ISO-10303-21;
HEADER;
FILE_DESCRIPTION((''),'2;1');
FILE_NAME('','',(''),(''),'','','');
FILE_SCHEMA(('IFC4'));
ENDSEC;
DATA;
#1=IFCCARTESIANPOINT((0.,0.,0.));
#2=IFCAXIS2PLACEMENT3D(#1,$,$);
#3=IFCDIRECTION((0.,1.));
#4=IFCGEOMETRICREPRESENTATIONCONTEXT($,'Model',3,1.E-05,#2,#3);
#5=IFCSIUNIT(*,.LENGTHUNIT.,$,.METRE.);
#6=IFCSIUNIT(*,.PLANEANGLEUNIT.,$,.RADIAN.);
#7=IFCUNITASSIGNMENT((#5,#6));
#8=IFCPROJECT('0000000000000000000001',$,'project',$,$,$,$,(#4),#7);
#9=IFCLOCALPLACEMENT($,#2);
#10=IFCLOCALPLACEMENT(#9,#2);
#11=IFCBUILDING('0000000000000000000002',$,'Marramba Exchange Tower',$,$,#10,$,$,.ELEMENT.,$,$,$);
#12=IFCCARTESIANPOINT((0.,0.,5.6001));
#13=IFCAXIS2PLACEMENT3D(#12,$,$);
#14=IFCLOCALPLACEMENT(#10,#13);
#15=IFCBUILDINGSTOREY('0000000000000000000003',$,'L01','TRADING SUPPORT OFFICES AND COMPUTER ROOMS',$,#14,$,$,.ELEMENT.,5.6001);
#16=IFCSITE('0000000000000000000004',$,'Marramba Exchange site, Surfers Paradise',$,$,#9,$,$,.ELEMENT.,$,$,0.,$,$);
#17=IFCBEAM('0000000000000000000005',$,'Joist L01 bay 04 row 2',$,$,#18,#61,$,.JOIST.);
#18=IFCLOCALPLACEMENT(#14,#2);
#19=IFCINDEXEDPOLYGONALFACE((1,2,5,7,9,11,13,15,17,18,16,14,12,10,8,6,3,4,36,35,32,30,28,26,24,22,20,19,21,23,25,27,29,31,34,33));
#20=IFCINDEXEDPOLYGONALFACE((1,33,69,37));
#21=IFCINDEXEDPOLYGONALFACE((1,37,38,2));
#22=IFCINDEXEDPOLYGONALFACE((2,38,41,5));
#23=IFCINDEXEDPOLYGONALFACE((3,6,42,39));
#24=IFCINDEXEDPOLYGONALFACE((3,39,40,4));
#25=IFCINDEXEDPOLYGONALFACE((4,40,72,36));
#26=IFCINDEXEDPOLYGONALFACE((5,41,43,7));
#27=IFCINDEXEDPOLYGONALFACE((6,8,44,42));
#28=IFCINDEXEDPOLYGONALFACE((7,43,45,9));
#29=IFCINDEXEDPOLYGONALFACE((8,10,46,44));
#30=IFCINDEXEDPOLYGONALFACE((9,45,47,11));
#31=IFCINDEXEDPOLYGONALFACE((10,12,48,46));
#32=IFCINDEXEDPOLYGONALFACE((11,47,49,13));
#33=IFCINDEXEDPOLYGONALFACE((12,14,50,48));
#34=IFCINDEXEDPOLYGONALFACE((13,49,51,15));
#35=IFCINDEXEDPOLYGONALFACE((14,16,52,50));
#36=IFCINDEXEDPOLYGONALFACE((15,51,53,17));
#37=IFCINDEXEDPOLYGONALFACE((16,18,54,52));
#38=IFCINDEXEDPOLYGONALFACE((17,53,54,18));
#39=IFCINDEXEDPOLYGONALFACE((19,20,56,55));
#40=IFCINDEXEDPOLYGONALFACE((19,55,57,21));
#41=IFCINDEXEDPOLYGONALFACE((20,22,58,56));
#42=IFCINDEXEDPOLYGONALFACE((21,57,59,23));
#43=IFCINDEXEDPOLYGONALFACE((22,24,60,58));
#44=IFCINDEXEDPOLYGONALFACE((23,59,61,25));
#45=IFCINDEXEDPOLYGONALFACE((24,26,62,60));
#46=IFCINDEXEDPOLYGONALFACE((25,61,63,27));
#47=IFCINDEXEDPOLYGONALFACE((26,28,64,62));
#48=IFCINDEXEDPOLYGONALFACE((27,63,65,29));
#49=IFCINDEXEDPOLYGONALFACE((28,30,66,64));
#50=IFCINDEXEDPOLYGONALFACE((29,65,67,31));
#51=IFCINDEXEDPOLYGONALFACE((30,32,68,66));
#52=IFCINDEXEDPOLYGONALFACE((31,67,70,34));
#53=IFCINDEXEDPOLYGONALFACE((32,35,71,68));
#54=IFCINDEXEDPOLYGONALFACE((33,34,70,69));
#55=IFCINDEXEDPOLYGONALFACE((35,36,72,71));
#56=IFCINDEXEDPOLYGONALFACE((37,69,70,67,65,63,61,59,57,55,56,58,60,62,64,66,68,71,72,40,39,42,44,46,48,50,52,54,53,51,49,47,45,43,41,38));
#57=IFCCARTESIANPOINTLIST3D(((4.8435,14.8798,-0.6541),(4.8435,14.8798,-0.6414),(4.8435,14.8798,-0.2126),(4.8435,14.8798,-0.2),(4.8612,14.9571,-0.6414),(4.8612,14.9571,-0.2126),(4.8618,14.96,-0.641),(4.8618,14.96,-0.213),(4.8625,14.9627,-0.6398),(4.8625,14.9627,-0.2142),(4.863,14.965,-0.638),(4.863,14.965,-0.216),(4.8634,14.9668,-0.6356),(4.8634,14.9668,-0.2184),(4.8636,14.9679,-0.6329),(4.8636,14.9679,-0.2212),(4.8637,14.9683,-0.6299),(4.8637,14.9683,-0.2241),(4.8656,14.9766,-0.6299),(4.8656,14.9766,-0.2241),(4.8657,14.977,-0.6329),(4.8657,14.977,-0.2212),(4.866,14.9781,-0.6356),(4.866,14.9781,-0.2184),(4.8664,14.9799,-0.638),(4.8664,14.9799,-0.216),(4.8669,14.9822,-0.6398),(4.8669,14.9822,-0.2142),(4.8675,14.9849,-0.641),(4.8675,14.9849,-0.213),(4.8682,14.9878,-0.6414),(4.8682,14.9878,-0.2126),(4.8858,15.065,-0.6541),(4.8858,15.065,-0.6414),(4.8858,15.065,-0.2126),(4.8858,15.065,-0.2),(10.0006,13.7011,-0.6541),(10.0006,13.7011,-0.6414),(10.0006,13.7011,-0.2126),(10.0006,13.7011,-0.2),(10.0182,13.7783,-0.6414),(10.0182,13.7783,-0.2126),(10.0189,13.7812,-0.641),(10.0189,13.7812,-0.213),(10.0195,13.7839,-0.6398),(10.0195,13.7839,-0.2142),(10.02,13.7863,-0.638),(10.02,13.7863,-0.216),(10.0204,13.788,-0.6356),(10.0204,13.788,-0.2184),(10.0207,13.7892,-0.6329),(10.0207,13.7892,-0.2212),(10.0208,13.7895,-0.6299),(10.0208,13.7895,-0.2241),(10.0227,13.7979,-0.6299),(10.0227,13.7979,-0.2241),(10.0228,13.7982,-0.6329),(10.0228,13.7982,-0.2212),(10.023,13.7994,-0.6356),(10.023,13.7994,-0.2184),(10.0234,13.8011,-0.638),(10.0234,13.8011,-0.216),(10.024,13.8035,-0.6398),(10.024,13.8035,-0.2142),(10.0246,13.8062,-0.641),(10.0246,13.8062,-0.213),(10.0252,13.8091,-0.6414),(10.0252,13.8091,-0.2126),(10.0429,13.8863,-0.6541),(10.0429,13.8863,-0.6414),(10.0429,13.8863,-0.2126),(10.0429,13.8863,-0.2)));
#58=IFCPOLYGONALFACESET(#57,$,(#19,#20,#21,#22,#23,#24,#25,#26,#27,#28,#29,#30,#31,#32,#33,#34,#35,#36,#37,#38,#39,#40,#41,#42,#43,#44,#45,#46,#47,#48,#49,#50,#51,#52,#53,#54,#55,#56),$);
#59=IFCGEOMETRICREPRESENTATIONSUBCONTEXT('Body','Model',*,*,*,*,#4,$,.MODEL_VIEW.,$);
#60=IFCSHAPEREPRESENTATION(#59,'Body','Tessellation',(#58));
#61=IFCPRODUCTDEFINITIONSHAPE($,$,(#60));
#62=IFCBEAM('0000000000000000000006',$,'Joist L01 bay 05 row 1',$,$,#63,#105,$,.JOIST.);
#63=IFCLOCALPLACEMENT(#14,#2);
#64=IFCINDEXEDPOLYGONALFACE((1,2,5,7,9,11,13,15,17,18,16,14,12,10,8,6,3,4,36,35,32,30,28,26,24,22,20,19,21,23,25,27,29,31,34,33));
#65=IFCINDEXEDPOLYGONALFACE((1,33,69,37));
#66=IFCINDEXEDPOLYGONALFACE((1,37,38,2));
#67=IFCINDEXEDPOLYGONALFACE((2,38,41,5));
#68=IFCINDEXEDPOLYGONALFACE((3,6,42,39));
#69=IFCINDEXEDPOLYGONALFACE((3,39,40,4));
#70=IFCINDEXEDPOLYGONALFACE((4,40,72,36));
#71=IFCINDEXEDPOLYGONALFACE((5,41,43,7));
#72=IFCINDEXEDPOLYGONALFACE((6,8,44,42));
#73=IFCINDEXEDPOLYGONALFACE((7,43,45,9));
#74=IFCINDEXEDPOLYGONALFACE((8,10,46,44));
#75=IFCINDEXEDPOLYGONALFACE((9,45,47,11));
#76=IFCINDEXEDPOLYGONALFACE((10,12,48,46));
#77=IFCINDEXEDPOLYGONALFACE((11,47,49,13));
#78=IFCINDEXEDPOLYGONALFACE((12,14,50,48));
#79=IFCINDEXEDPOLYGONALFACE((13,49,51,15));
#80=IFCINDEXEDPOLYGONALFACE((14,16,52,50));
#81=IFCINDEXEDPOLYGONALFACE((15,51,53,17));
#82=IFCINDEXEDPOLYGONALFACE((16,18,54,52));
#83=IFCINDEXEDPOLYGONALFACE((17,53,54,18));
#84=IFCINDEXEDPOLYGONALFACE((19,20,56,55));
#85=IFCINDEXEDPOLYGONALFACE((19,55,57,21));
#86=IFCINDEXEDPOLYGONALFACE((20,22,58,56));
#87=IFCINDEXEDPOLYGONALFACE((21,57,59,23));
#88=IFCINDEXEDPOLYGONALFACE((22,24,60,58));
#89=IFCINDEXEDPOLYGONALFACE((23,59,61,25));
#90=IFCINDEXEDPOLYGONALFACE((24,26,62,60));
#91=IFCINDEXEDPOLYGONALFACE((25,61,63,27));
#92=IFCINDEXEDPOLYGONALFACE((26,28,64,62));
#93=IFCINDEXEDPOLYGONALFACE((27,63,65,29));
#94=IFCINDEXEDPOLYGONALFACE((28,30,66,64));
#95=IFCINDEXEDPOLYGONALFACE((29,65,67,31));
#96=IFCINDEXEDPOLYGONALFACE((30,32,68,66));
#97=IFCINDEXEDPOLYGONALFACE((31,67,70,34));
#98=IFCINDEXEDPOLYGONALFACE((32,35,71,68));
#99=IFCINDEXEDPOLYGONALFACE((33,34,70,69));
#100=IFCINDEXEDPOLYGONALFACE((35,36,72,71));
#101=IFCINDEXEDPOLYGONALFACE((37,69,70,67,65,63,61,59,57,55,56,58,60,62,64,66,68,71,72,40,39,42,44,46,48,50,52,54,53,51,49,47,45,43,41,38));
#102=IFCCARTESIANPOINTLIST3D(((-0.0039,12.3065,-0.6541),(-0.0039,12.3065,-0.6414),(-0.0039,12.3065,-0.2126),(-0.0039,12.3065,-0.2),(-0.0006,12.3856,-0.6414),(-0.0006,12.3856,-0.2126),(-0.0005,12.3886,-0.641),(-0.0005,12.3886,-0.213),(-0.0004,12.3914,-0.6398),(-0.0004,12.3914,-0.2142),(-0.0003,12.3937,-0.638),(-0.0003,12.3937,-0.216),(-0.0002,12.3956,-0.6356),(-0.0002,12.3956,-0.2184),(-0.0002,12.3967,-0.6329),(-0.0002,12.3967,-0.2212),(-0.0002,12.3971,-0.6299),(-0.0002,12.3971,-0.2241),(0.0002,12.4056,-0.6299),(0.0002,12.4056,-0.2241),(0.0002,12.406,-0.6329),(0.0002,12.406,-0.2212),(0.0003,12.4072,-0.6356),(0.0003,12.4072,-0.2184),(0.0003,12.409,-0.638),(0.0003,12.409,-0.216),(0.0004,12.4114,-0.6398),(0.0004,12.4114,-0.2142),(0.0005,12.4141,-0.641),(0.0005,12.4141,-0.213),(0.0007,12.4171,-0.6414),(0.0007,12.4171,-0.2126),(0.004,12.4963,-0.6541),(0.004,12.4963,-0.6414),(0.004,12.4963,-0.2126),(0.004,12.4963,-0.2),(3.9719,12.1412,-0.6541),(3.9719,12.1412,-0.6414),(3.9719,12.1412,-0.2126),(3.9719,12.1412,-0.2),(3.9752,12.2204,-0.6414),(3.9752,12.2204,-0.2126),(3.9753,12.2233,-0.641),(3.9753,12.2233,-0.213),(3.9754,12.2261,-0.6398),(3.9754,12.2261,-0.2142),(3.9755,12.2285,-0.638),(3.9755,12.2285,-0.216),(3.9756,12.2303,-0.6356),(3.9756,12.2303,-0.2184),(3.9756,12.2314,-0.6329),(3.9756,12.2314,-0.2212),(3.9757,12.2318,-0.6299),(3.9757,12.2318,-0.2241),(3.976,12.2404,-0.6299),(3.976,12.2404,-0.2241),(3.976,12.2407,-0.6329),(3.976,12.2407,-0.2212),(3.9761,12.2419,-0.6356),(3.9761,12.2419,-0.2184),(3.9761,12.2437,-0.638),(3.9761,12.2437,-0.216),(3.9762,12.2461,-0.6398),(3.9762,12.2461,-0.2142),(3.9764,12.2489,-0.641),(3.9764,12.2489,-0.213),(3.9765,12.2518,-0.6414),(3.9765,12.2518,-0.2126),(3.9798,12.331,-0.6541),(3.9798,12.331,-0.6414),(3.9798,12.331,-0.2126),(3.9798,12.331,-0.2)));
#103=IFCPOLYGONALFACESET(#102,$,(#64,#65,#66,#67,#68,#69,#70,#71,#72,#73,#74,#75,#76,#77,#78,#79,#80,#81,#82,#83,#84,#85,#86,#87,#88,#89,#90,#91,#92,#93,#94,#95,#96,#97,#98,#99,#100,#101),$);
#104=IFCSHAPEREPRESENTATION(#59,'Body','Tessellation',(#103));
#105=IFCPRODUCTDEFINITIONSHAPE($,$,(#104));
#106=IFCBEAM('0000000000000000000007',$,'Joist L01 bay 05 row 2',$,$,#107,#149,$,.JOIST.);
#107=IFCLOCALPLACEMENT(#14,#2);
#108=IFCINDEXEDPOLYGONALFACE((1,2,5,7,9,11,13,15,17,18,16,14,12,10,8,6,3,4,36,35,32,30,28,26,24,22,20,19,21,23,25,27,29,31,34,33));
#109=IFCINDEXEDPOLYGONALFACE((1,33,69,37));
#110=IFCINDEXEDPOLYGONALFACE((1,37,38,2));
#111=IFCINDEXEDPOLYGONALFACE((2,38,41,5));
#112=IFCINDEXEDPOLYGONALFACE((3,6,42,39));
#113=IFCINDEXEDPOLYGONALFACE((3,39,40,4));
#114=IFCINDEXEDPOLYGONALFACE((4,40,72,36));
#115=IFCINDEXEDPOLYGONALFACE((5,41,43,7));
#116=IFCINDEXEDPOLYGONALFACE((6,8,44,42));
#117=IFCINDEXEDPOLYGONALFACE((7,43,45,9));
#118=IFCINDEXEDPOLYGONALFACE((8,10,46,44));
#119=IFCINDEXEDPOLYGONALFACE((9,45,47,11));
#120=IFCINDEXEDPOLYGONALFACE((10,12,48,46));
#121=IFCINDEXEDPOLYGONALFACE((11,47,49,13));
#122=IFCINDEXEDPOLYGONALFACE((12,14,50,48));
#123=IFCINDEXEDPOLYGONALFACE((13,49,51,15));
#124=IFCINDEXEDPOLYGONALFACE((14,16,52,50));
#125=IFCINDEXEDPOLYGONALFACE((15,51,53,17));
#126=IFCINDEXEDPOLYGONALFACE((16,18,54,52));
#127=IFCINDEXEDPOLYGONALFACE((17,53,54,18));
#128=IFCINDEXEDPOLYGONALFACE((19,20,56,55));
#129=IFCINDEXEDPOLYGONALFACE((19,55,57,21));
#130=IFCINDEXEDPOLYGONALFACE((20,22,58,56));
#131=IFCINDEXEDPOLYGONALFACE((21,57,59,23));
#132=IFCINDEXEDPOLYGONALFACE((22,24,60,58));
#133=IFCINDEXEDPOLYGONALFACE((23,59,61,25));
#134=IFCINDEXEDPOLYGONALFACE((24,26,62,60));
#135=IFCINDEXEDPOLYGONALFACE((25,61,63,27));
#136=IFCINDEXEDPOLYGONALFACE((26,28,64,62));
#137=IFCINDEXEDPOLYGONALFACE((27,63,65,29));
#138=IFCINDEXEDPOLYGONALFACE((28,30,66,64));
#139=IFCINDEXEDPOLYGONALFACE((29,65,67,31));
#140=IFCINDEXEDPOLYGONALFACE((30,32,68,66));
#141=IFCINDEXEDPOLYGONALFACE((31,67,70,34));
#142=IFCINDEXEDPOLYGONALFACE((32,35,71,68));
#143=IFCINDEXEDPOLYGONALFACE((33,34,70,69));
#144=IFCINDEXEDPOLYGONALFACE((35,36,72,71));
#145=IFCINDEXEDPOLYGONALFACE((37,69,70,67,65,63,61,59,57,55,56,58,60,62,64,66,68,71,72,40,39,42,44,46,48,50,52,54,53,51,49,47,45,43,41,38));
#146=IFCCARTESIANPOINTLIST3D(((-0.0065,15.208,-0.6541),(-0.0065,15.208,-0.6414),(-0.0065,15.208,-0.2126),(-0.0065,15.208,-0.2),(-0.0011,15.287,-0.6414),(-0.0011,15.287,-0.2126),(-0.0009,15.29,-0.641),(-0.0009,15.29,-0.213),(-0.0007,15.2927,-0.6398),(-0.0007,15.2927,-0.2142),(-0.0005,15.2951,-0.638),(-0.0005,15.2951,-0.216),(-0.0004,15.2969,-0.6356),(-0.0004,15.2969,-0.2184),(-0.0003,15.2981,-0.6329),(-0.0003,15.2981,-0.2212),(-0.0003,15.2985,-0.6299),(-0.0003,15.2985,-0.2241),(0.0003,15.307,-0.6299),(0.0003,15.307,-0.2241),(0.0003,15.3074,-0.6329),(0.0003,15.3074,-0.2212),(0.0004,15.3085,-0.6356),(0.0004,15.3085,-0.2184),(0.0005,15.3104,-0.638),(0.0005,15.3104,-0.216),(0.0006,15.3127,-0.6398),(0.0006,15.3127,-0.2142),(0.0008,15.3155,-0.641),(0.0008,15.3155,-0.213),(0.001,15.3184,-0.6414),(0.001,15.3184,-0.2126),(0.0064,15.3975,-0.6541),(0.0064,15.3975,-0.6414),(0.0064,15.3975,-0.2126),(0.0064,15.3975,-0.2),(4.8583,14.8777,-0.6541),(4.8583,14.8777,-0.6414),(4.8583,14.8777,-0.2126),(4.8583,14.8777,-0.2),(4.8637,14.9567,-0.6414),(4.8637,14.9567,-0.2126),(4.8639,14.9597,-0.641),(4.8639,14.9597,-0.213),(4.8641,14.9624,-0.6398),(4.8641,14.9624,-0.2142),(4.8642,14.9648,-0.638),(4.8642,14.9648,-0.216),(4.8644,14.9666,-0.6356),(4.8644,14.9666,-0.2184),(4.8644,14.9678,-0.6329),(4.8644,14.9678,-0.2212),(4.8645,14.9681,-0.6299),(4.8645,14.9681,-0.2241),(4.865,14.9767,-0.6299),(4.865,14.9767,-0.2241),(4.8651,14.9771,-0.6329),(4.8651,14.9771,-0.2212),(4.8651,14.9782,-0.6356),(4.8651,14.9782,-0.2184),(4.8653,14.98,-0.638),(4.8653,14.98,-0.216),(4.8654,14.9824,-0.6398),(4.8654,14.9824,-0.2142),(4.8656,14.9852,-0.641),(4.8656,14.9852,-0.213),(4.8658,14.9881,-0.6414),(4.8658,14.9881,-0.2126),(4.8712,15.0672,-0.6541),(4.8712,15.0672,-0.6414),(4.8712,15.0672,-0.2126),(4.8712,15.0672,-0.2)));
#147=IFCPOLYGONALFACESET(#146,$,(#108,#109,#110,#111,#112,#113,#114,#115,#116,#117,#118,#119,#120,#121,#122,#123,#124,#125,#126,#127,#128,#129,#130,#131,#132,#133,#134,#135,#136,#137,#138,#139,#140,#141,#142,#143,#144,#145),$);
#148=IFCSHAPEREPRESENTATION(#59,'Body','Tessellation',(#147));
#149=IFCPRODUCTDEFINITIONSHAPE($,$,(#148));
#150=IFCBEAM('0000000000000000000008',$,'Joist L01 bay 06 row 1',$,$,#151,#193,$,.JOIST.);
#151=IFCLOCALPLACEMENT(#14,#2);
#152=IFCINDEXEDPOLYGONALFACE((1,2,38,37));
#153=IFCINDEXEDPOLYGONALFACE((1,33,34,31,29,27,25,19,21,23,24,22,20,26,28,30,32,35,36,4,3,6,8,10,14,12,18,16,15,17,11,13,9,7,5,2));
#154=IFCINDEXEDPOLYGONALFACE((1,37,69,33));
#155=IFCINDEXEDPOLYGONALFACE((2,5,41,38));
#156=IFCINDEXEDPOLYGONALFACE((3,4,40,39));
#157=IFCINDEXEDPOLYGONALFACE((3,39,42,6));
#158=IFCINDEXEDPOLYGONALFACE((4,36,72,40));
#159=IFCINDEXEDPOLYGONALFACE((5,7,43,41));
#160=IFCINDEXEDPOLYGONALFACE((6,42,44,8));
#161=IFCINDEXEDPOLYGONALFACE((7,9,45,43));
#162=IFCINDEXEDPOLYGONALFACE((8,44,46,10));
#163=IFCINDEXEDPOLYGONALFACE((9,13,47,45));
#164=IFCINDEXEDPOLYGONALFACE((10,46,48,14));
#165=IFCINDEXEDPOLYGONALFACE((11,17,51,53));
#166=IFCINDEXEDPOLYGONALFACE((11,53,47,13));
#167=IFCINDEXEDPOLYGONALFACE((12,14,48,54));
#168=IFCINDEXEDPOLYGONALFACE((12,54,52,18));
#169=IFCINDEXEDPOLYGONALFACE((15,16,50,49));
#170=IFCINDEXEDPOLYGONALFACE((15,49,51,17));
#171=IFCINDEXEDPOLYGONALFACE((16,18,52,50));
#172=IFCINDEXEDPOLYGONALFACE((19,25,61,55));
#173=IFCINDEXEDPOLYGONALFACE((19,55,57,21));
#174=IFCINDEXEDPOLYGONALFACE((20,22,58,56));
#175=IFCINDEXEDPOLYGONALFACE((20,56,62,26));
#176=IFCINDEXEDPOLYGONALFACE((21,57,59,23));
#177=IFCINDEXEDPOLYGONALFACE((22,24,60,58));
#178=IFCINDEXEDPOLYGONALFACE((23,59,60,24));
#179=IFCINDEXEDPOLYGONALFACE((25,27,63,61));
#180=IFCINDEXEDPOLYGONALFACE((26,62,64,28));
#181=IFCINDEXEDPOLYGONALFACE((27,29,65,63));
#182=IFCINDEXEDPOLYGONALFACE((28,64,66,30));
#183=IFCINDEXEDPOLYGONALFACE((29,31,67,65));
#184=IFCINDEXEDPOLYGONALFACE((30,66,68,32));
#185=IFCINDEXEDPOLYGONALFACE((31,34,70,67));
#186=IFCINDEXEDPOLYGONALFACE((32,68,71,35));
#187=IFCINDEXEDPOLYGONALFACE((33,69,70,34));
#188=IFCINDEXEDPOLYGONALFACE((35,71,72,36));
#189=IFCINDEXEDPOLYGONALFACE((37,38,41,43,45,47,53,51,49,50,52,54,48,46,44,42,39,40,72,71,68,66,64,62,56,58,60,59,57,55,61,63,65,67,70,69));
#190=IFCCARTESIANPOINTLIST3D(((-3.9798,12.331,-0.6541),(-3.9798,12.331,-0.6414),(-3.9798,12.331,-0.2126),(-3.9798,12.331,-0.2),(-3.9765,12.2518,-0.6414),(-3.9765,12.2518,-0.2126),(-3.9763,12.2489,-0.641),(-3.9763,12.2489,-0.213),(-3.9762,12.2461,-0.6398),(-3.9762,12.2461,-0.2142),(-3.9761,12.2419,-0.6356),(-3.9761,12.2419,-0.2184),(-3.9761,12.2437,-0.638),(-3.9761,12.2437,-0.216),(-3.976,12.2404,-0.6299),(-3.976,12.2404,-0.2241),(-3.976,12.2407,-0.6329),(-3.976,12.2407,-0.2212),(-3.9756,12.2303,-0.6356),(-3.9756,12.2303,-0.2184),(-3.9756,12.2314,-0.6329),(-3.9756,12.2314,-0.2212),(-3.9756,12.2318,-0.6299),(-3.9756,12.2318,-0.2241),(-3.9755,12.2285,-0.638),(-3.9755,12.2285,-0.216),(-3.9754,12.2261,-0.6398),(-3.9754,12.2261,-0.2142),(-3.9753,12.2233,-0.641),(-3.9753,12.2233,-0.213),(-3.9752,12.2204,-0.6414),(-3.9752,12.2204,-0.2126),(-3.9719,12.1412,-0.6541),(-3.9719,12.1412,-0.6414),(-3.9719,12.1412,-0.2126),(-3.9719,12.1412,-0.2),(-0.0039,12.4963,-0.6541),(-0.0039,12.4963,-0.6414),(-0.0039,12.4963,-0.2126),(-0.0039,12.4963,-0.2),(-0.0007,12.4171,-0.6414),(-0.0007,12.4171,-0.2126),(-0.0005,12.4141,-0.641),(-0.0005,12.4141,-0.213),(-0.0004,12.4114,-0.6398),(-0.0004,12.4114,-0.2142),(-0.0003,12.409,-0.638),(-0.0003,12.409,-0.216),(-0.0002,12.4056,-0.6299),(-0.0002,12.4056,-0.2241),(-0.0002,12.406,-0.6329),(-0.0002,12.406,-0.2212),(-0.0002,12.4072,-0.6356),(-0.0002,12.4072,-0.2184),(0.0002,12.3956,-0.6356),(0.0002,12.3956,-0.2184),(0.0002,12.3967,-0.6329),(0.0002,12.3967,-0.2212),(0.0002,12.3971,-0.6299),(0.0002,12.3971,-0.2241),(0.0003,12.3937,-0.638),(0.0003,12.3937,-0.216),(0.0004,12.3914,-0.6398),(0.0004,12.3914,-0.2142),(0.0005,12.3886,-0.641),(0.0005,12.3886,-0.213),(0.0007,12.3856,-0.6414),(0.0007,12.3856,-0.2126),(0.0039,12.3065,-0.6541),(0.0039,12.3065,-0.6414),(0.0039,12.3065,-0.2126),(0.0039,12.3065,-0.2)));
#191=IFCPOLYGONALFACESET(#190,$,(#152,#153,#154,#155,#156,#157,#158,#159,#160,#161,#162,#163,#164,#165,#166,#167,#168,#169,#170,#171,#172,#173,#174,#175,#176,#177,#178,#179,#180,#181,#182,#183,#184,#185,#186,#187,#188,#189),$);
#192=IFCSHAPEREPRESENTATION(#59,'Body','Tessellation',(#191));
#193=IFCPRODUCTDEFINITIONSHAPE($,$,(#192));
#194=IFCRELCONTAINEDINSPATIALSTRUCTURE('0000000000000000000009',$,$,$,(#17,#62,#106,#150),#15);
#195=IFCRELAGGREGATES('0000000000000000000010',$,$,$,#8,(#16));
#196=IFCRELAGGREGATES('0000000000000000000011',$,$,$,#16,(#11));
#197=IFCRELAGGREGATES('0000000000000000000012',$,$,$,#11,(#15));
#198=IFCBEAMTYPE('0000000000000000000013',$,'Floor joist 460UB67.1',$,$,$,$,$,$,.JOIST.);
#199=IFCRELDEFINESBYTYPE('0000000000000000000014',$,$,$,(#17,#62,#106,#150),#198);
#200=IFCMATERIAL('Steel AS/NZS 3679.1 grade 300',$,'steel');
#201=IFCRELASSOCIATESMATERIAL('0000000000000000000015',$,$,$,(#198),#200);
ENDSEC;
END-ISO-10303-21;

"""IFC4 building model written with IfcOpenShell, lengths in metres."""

from ifc_helpers import new_model, si_unit, direction, frame, origin, origin_2d, place, context, subcontext, project, spatial, i_section, extrude, material, material_profile, profile_set, type_object, element, save


model = new_model("IFC4")

# Units and contexts
model_context = context("Model", 3, precision=1e-05, world=origin(), true_north=direction((0.0, 1.0)))
body_context = subcontext(model_context, "Body", "Model", "MODEL_VIEW")
ifc_project = project(units=[si_unit("LENGTHUNIT", "METRE"), si_unit("PLANEANGLEUNIT", "RADIAN")], contexts=[model_context])

# Site, building, storey
site_placement = place(None, origin())
site = spatial("IfcSite", under=ifc_project, at=site_placement, Name="Marramba Exchange site, Surfers Paradise", CompositionType="ELEMENT", RefElevation=0.0)
building_placement = place(site_placement, origin())
building = spatial("IfcBuilding", under=site, at=building_placement, Name="Marramba Exchange Tower", CompositionType="ELEMENT")
storey_placement = place(building_placement, frame((0.0, 0.0, 5.6001)))
storey = spatial("IfcBuildingStorey", under=building, at=storey_placement, Name="L01", Description="TRADING SUPPORT OFFICES AND COMPUTER ROOMS", CompositionType="ELEMENT", Elevation=5.6001)

# Beams
ifc_material_1 = material(Name="Steel AS/NZS 3679.1 grade 300", Category="steel")
ifc_material_profile_1 = material_profile(ifc_material_1, i_section(OverallWidth=0.1899, OverallDepth=0.4541, WebThickness=0.0085, FlangeThickness=0.0127, FilletRadius=0.0115, at=origin_2d()), Name="460UB67.1")
ifc_profile_set_1 = profile_set([ifc_material_profile_1], Name="Steel AS/NZS 3679.1 grade 300")
beam_type_1 = type_object("IfcBeamType", Name="Floor joist 460UB67.1", PredefinedType="JOIST", material=ifc_profile_set_1)
beam_1_placement = place(storey_placement, frame((10.0217, 13.7937, -0.427), z_axis=(-0.97486, 0.22282, 0.0), x_axis=(-0.22282, -0.97486, 0.0)))
element("IfcBeam", 1, at=beam_1_placement, inside=storey, type_object=beam_type_1, Name="Joist L01 bay 04 row 2", PredefinedType="JOIST", context=body_context, shape_type="SweptSolid", body=[
    extrude(i_section(OverallWidth=0.1899, OverallDepth=0.4541, WebThickness=0.0085, FlangeThickness=0.0127, FilletRadius=0.0115, at=origin_2d()), origin(), (0.0, 0.0, 1.0), 5.29),
])
beam_2_placement = place(storey_placement, frame((3.9758, 12.2361, -0.427), z_axis=(-0.999137, 0.041536, 0.0), x_axis=(-0.041536, -0.999137, 0.0)))
element("IfcBeam", 2, at=beam_2_placement, inside=storey, type_object=beam_type_1, Name="Joist L01 bay 05 row 1", PredefinedType="JOIST", context=body_context, shape_type="SweptSolid", body=[
    extrude(i_section(OverallWidth=0.1899, OverallDepth=0.4541, WebThickness=0.0085, FlangeThickness=0.0127, FilletRadius=0.0115, at=origin_2d()), origin(), (0.0, 0.0, 1.0), 3.9792),
])
beam_3_placement = place(storey_placement, frame((4.8647, 14.9724, -0.427), z_axis=(-0.997703, 0.067745, 0.0), x_axis=(-0.067745, -0.997703, 0.0)))
element("IfcBeam", 3, at=beam_3_placement, inside=storey, type_object=beam_type_1, Name="Joist L01 bay 05 row 2", PredefinedType="JOIST", context=body_context, shape_type="SweptSolid", body=[
    extrude(i_section(OverallWidth=0.1899, OverallDepth=0.4541, WebThickness=0.0085, FlangeThickness=0.0127, FilletRadius=0.0115, at=origin_2d()), origin(), (0.0, 0.0, 1.0), 4.876),
])
beam_4_placement = place(storey_placement, frame((0.0, 12.4014, -0.427), z_axis=(-0.999137, -0.041536, 0.0), x_axis=(0.041536, -0.999137, 0.0)))
element("IfcBeam", 4, at=beam_4_placement, inside=storey, type_object=beam_type_1, Name="Joist L01 bay 06 row 1", PredefinedType="JOIST", context=body_context, shape_type="SweptSolid", body=[
    extrude(i_section(OverallWidth=0.1899, OverallDepth=0.4541, WebThickness=0.0085, FlangeThickness=0.0127, FilletRadius=0.0115, at=origin_2d()), origin(), (0.0, 0.0, 1.0), 3.9792),
])

save(model, "model.ifc")
